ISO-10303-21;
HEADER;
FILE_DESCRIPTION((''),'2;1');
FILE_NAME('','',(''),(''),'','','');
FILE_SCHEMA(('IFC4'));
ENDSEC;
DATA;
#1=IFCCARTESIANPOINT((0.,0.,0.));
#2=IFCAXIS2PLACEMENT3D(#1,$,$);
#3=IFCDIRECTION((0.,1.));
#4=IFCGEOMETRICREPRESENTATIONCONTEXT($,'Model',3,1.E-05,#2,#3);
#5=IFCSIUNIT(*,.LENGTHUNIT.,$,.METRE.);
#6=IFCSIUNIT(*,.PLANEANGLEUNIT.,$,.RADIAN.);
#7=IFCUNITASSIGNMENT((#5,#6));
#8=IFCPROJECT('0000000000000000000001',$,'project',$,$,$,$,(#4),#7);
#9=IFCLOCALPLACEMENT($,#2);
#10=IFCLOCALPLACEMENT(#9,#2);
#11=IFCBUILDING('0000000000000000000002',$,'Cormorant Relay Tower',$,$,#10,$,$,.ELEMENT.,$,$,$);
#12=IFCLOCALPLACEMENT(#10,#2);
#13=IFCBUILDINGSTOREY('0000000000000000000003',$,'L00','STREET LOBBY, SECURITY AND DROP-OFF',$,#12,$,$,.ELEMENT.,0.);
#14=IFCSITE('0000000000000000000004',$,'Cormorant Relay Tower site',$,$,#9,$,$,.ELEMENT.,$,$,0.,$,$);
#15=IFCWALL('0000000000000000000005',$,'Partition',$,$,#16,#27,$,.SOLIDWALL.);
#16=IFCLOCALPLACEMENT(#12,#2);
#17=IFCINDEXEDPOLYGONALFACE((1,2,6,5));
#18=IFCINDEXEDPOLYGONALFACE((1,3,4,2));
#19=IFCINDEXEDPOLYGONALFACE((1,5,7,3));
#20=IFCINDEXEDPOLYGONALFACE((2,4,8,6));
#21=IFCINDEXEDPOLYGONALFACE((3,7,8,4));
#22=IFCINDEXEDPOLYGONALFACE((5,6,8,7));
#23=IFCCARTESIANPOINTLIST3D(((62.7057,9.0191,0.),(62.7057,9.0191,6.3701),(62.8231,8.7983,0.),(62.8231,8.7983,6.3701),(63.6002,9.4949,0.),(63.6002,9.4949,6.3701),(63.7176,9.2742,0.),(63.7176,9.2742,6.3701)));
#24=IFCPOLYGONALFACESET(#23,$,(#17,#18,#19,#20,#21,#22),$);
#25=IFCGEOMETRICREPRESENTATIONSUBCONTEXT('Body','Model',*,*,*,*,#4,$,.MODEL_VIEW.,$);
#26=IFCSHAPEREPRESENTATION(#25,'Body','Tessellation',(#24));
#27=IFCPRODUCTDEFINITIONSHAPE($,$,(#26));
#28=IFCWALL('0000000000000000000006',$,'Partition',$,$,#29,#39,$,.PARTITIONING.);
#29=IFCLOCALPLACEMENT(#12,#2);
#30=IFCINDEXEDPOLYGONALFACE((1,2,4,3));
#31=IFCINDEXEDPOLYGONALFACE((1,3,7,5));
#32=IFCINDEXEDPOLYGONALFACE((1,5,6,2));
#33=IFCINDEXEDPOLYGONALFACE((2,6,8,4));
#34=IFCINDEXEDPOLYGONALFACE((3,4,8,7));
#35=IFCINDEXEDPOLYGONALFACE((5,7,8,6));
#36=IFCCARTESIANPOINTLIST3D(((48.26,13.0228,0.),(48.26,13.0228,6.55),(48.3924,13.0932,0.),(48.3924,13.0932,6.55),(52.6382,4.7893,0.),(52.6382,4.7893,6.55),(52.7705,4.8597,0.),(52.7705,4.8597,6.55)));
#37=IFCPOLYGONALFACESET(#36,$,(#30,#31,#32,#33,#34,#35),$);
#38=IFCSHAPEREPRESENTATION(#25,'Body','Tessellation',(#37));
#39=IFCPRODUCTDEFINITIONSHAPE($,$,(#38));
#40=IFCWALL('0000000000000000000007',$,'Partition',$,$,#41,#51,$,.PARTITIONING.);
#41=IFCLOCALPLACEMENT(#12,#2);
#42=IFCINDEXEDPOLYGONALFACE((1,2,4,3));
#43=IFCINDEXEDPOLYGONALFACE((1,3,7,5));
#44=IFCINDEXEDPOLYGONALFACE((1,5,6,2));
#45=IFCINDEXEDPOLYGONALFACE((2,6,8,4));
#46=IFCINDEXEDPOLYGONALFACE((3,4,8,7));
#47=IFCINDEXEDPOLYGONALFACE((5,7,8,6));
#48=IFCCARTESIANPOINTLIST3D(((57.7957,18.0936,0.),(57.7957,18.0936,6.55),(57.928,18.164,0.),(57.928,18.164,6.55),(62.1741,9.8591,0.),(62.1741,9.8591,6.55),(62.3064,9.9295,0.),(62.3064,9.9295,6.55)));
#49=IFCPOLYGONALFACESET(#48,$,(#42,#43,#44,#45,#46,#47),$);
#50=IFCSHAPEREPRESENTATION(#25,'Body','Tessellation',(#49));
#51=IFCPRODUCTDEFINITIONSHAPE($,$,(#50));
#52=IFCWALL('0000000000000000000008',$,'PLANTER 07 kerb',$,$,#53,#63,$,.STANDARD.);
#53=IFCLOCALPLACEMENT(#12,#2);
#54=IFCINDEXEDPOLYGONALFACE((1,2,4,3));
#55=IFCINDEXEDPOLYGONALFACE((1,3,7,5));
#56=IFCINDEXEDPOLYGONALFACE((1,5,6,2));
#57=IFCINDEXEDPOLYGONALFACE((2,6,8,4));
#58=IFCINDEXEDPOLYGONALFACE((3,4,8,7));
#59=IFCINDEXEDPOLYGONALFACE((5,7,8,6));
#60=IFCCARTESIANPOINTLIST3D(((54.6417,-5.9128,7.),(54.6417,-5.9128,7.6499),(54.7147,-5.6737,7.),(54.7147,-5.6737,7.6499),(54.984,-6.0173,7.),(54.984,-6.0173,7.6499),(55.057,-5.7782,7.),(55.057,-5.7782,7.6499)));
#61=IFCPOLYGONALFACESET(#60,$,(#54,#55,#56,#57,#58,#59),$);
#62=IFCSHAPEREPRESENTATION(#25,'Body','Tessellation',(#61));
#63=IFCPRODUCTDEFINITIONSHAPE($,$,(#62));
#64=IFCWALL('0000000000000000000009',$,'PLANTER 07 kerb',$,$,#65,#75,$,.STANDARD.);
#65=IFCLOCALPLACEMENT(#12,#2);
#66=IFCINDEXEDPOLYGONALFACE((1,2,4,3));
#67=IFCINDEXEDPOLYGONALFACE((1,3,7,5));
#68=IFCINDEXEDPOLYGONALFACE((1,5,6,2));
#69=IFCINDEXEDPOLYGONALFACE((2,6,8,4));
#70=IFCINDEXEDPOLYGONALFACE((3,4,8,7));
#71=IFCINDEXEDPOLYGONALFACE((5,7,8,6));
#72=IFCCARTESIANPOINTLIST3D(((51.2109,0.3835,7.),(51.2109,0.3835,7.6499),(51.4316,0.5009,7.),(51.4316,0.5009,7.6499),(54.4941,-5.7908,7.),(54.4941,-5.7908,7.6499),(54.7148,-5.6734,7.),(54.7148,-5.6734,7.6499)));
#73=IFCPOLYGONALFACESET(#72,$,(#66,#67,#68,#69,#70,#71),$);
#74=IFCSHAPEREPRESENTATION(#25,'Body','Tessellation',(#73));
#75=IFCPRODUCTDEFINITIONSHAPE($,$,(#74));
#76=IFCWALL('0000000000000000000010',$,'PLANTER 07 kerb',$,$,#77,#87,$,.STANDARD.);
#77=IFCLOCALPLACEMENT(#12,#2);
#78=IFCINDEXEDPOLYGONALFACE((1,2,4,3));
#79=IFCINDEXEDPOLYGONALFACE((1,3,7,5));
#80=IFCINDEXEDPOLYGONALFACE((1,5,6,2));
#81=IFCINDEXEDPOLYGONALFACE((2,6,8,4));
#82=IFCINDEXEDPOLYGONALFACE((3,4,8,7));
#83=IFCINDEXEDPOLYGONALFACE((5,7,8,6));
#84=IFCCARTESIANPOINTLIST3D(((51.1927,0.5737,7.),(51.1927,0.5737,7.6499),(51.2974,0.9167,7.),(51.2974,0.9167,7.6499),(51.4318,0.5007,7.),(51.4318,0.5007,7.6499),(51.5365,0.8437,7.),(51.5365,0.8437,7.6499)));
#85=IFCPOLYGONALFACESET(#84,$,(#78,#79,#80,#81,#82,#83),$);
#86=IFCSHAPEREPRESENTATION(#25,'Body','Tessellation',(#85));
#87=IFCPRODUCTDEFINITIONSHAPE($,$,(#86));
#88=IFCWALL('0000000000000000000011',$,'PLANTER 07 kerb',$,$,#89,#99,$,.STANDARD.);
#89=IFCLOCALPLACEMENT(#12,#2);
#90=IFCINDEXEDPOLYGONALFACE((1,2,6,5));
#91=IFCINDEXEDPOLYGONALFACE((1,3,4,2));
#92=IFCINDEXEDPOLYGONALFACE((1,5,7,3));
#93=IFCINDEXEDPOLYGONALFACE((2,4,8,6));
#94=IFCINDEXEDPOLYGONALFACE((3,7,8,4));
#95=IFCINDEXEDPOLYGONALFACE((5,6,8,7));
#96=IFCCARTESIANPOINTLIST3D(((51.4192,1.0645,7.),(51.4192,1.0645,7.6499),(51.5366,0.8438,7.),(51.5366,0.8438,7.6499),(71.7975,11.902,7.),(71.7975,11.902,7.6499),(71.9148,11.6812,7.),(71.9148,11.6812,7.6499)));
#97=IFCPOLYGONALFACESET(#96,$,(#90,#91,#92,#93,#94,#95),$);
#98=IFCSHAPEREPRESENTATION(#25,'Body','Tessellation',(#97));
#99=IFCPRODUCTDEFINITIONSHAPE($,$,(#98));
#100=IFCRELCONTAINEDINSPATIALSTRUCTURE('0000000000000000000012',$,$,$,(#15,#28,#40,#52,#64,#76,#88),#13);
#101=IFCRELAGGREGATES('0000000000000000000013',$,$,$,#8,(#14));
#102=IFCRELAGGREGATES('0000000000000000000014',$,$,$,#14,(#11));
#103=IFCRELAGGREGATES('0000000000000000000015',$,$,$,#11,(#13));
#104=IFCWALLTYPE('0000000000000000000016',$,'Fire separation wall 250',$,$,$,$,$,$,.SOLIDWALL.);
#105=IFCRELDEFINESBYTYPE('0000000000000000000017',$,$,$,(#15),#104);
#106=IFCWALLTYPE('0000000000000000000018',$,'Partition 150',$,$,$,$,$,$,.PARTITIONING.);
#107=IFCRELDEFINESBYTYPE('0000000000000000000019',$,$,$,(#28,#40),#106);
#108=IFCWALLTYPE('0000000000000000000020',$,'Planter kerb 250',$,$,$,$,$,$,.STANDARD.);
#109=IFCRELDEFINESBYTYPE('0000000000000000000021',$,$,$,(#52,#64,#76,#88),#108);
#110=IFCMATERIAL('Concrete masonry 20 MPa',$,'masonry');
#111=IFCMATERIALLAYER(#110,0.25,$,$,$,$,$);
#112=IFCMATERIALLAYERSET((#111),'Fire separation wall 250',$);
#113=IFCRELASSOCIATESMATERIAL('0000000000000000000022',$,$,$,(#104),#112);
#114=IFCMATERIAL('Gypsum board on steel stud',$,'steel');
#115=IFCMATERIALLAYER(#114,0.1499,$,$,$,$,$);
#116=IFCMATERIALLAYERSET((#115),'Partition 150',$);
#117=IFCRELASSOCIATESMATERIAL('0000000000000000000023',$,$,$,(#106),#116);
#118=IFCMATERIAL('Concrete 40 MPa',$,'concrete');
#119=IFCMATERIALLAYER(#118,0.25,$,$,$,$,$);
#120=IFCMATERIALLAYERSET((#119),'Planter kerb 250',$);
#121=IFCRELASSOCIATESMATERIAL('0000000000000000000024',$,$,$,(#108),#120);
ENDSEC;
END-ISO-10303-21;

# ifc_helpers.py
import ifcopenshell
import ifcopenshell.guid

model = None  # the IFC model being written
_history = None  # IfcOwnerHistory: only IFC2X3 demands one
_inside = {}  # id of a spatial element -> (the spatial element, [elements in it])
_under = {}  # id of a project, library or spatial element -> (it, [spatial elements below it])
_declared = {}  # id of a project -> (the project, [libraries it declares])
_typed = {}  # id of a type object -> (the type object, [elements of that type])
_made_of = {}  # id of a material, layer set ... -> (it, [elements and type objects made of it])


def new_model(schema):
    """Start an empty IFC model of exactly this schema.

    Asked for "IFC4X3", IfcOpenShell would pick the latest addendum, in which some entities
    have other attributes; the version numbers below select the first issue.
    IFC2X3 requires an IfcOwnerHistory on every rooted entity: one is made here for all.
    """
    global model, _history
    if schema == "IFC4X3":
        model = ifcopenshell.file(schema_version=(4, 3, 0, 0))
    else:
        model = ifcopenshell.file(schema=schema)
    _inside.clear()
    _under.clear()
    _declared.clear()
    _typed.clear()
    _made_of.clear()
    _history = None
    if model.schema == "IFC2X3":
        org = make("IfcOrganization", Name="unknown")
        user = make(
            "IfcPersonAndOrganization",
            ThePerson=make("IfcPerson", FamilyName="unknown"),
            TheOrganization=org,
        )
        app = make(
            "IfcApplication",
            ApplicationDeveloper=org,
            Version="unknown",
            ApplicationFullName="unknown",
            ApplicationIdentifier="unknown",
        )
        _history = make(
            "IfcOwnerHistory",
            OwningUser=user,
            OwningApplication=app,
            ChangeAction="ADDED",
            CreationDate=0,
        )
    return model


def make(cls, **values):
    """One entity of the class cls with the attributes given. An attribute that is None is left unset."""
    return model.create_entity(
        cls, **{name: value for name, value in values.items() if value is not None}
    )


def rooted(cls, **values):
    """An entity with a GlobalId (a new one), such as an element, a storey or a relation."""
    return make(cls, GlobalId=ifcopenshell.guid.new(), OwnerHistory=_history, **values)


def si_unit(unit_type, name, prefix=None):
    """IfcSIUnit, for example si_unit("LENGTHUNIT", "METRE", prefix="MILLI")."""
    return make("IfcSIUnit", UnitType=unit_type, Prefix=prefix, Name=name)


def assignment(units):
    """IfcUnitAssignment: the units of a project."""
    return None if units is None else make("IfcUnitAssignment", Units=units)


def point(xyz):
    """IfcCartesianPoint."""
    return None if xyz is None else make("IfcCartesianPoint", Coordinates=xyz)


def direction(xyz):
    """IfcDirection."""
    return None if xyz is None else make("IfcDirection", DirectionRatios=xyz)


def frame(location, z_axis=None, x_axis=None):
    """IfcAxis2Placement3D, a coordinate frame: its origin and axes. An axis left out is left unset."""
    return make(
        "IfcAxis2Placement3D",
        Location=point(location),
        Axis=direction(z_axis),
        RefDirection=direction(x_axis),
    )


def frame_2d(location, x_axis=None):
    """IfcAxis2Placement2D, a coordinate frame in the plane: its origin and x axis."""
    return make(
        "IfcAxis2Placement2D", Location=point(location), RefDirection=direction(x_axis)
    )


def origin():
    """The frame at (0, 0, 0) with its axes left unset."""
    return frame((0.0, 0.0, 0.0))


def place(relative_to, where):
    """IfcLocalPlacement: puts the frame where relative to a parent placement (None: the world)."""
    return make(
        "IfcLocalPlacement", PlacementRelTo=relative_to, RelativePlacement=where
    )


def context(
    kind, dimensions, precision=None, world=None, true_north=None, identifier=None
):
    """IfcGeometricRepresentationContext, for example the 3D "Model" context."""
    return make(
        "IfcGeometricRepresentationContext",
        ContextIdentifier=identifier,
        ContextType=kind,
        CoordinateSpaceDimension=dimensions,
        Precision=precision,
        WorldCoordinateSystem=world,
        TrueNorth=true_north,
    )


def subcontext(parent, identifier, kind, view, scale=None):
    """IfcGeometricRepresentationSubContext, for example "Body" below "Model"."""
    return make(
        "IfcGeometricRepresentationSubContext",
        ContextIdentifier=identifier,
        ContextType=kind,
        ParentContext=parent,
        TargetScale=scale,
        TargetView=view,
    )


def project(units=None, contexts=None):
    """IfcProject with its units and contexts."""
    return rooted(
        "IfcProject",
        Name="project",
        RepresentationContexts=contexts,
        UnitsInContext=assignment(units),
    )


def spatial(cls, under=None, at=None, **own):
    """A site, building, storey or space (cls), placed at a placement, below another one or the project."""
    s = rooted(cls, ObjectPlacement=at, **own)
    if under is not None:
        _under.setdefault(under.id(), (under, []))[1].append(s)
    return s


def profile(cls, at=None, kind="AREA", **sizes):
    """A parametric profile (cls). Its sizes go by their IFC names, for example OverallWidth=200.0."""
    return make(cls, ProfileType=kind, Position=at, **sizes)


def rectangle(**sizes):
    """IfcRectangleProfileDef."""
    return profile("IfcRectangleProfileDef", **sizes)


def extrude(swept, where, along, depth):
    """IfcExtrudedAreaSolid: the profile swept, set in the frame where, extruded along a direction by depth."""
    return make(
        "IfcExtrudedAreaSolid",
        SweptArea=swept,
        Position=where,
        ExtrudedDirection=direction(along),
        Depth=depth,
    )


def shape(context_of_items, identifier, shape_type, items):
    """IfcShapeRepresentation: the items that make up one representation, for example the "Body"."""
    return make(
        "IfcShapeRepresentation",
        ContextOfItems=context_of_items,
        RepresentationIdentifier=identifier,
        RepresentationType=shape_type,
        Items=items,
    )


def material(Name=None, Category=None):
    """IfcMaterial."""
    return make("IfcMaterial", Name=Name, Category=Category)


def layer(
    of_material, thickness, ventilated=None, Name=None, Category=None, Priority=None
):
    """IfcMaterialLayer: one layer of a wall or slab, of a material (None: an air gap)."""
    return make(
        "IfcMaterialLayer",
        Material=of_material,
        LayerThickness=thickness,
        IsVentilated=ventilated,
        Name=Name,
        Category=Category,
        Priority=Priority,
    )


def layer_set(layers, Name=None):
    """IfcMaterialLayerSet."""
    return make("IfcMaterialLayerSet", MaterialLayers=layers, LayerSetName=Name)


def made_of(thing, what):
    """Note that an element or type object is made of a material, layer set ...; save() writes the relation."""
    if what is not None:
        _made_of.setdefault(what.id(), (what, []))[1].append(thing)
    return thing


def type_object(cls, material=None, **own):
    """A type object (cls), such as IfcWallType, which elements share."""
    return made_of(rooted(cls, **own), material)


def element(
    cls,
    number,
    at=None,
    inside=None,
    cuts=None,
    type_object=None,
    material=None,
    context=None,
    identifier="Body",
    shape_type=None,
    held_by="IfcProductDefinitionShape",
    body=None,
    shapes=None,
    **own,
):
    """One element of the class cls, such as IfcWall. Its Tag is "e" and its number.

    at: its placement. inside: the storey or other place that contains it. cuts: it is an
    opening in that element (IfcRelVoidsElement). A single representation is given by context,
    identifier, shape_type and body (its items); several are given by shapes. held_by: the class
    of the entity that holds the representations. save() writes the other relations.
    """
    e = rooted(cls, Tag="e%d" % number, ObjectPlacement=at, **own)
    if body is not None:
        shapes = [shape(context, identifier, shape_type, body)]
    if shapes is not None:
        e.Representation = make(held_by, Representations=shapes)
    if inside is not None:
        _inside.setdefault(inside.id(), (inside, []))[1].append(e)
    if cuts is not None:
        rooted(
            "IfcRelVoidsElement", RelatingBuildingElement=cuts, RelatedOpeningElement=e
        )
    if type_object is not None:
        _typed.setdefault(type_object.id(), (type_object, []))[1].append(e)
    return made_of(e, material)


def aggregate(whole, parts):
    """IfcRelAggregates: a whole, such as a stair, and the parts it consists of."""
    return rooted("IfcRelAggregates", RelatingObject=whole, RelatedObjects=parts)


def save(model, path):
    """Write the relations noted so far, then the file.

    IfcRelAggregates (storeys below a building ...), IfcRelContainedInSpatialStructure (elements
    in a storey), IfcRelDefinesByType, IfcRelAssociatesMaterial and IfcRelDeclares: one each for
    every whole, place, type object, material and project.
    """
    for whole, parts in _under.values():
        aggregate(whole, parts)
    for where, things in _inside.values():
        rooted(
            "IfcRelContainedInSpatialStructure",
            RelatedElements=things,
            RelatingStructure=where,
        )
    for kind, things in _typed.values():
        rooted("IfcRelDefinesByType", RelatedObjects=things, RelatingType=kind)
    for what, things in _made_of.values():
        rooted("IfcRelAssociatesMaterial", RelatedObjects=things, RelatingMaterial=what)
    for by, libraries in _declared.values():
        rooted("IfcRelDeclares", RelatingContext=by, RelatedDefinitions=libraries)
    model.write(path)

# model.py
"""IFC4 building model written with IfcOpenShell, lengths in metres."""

from ifc_helpers import new_model, si_unit, direction, frame, frame_2d, origin, place, context, subcontext, project, spatial, rectangle, extrude, material, layer, layer_set, type_object, element, save


model = new_model("IFC4")

# Units and contexts
model_context = context("Model", 3, precision=1e-05, world=origin(), true_north=direction((0.0, 1.0)))
body_context = subcontext(model_context, "Body", "Model", "MODEL_VIEW")
ifc_project = project(units=[si_unit("LENGTHUNIT", "METRE"), si_unit("PLANEANGLEUNIT", "RADIAN")], contexts=[model_context])

# Site, building, storey
site_placement = place(None, origin())
site = spatial("IfcSite", under=ifc_project, at=site_placement, Name="Cormorant Relay Tower site", CompositionType="ELEMENT", RefElevation=0.0)
building_placement = place(site_placement, origin())
building = spatial("IfcBuilding", under=site, at=building_placement, Name="Cormorant Relay Tower", CompositionType="ELEMENT")
storey_placement = place(building_placement, origin())
storey = spatial("IfcBuildingStorey", under=building, at=storey_placement, Name="L00", Description="STREET LOBBY, SECURITY AND DROP-OFF", CompositionType="ELEMENT", Elevation=0.0)

# Walls
ifc_material_1 = material(Name="Concrete masonry 20 MPa", Category="masonry")
ifc_layer_1 = layer(ifc_material_1, 0.25)
ifc_layer_set_1 = layer_set([ifc_layer_1], Name="Fire separation wall 250")
wall_type_1 = type_object("IfcWallType", Name="Fire separation wall 250", PredefinedType="SOLIDWALL", material=ifc_layer_set_1)
wall_1_placement = place(storey_placement, frame((63.6589, 9.3845, 0.0), z_axis=(0.0, 0.0, 1.0), x_axis=(-0.882866, -0.469625, 0.0)))
element("IfcWall", 1, at=wall_1_placement, inside=storey, type_object=wall_type_1, Name="Partition", PredefinedType="SOLIDWALL", context=body_context, shape_type="SweptSolid", body=[
    extrude(rectangle(XDim=1.0132, YDim=0.25, at=frame_2d((0.5066, 0.0))), origin(), (0.0, 0.0, 1.0), 6.3701),
])
ifc_material_2 = material(Name="Gypsum board on steel stud", Category="steel")
ifc_layer_2 = layer(ifc_material_2, 0.1499)
ifc_layer_set_2 = layer_set([ifc_layer_2], Name="Partition 150")
wall_type_2 = type_object("IfcWallType", Name="Partition 150", PredefinedType="PARTITIONING", material=ifc_layer_set_2)
wall_2_placement = place(storey_placement, frame((52.7043, 4.8245, 0.0), z_axis=(0.0, 0.0, 1.0), x_axis=(-0.469494, 0.882936, 0.0)))
element("IfcWall", 2, at=wall_2_placement, inside=storey, type_object=wall_type_2, Name="Partition", PredefinedType="PARTITIONING", context=body_context, shape_type="SweptSolid", body=[
    extrude(rectangle(XDim=9.3252, YDim=0.1499, at=frame_2d((4.6626, 0.0))), origin(), (0.0, 0.0, 1.0), 6.55),
])
wall_3_placement = place(storey_placement, frame((62.2402, 9.8943, 0.0), z_axis=(0.0, 0.0, 1.0), x_axis=(-0.469471, 0.882948, 0.0)))
element("IfcWall", 3, at=wall_3_placement, inside=storey, type_object=wall_type_2, Name="Partition", PredefinedType="PARTITIONING", context=body_context, shape_type="SweptSolid", body=[
    extrude(rectangle(XDim=9.3262, YDim=0.1499, at=frame_2d((4.6631, 0.0))), origin(), (0.0, 0.0, 1.0), 6.55),
])
ifc_material_3 = material(Name="Concrete 40 MPa", Category="concrete")
ifc_layer_3 = layer(ifc_material_3, 0.25)
ifc_layer_set_3 = layer_set([ifc_layer_3], Name="Planter kerb 250")
wall_type_3 = type_object("IfcWallType", Name="Planter kerb 250", PredefinedType="STANDARD", material=ifc_layer_set_3)
wall_4_placement = place(storey_placement, frame((55.0205, -5.8977, 7.0), z_axis=(0.0, 0.0, 1.0), x_axis=(-0.956426, 0.291976, 0.0)))
element("IfcWall", 4, at=wall_4_placement, inside=storey, type_object=wall_type_3, Name="PLANTER 07 kerb", PredefinedType="STANDARD", context=body_context, shape_type="SweptSolid", body=[
    extrude(rectangle(XDim=0.3579, YDim=0.25, at=frame_2d((0.179, 0.0))), origin(), (0.0, 0.0, 1.0), 0.6499),
])
wall_5_placement = place(storey_placement, frame((54.6045, -5.7322, 7.0), z_axis=(0.0, 0.0, 1.0), x_axis=(-0.469501, 0.882932, 0.0)))
element("IfcWall", 5, at=wall_5_placement, inside=storey, type_object=wall_type_3, Name="PLANTER 07 kerb", PredefinedType="STANDARD", context=body_context, shape_type="SweptSolid", body=[
    extrude(rectangle(XDim=6.9929, YDim=0.25, at=frame_2d((3.4966, 0.0))), origin(), (0.0, 0.0, 1.0), 0.6499),
])
wall_6_placement = place(storey_placement, frame((51.3123, 0.5374, 7.0), z_axis=(0.0, 0.0, 1.0), x_axis=(0.292028, 0.95641, 0.0)))
element("IfcWall", 6, at=wall_6_placement, inside=storey, type_object=wall_type_3, Name="PLANTER 07 kerb", PredefinedType="STANDARD", context=body_context, shape_type="SweptSolid", body=[
    extrude(rectangle(XDim=0.3586, YDim=0.25, at=frame_2d((0.1792, 0.0))), origin(), (0.0, 0.0, 1.0), 0.6499),
])
wall_7_placement = place(storey_placement, frame((51.4778, 0.9541, 7.0), z_axis=(0.0, 0.0, 1.0), x_axis=(0.882909, 0.469544, 0.0)))
element("IfcWall", 7, at=wall_7_placement, inside=storey, type_object=wall_type_3, Name="PLANTER 07 kerb", PredefinedType="STANDARD", context=body_context, shape_type="SweptSolid", body=[
    extrude(rectangle(XDim=23.0808, YDim=0.25, at=frame_2d((11.5405, 0.0))), origin(), (0.0, 0.0, 1.0), 0.6499),
])

save(model, "model.ifc")
